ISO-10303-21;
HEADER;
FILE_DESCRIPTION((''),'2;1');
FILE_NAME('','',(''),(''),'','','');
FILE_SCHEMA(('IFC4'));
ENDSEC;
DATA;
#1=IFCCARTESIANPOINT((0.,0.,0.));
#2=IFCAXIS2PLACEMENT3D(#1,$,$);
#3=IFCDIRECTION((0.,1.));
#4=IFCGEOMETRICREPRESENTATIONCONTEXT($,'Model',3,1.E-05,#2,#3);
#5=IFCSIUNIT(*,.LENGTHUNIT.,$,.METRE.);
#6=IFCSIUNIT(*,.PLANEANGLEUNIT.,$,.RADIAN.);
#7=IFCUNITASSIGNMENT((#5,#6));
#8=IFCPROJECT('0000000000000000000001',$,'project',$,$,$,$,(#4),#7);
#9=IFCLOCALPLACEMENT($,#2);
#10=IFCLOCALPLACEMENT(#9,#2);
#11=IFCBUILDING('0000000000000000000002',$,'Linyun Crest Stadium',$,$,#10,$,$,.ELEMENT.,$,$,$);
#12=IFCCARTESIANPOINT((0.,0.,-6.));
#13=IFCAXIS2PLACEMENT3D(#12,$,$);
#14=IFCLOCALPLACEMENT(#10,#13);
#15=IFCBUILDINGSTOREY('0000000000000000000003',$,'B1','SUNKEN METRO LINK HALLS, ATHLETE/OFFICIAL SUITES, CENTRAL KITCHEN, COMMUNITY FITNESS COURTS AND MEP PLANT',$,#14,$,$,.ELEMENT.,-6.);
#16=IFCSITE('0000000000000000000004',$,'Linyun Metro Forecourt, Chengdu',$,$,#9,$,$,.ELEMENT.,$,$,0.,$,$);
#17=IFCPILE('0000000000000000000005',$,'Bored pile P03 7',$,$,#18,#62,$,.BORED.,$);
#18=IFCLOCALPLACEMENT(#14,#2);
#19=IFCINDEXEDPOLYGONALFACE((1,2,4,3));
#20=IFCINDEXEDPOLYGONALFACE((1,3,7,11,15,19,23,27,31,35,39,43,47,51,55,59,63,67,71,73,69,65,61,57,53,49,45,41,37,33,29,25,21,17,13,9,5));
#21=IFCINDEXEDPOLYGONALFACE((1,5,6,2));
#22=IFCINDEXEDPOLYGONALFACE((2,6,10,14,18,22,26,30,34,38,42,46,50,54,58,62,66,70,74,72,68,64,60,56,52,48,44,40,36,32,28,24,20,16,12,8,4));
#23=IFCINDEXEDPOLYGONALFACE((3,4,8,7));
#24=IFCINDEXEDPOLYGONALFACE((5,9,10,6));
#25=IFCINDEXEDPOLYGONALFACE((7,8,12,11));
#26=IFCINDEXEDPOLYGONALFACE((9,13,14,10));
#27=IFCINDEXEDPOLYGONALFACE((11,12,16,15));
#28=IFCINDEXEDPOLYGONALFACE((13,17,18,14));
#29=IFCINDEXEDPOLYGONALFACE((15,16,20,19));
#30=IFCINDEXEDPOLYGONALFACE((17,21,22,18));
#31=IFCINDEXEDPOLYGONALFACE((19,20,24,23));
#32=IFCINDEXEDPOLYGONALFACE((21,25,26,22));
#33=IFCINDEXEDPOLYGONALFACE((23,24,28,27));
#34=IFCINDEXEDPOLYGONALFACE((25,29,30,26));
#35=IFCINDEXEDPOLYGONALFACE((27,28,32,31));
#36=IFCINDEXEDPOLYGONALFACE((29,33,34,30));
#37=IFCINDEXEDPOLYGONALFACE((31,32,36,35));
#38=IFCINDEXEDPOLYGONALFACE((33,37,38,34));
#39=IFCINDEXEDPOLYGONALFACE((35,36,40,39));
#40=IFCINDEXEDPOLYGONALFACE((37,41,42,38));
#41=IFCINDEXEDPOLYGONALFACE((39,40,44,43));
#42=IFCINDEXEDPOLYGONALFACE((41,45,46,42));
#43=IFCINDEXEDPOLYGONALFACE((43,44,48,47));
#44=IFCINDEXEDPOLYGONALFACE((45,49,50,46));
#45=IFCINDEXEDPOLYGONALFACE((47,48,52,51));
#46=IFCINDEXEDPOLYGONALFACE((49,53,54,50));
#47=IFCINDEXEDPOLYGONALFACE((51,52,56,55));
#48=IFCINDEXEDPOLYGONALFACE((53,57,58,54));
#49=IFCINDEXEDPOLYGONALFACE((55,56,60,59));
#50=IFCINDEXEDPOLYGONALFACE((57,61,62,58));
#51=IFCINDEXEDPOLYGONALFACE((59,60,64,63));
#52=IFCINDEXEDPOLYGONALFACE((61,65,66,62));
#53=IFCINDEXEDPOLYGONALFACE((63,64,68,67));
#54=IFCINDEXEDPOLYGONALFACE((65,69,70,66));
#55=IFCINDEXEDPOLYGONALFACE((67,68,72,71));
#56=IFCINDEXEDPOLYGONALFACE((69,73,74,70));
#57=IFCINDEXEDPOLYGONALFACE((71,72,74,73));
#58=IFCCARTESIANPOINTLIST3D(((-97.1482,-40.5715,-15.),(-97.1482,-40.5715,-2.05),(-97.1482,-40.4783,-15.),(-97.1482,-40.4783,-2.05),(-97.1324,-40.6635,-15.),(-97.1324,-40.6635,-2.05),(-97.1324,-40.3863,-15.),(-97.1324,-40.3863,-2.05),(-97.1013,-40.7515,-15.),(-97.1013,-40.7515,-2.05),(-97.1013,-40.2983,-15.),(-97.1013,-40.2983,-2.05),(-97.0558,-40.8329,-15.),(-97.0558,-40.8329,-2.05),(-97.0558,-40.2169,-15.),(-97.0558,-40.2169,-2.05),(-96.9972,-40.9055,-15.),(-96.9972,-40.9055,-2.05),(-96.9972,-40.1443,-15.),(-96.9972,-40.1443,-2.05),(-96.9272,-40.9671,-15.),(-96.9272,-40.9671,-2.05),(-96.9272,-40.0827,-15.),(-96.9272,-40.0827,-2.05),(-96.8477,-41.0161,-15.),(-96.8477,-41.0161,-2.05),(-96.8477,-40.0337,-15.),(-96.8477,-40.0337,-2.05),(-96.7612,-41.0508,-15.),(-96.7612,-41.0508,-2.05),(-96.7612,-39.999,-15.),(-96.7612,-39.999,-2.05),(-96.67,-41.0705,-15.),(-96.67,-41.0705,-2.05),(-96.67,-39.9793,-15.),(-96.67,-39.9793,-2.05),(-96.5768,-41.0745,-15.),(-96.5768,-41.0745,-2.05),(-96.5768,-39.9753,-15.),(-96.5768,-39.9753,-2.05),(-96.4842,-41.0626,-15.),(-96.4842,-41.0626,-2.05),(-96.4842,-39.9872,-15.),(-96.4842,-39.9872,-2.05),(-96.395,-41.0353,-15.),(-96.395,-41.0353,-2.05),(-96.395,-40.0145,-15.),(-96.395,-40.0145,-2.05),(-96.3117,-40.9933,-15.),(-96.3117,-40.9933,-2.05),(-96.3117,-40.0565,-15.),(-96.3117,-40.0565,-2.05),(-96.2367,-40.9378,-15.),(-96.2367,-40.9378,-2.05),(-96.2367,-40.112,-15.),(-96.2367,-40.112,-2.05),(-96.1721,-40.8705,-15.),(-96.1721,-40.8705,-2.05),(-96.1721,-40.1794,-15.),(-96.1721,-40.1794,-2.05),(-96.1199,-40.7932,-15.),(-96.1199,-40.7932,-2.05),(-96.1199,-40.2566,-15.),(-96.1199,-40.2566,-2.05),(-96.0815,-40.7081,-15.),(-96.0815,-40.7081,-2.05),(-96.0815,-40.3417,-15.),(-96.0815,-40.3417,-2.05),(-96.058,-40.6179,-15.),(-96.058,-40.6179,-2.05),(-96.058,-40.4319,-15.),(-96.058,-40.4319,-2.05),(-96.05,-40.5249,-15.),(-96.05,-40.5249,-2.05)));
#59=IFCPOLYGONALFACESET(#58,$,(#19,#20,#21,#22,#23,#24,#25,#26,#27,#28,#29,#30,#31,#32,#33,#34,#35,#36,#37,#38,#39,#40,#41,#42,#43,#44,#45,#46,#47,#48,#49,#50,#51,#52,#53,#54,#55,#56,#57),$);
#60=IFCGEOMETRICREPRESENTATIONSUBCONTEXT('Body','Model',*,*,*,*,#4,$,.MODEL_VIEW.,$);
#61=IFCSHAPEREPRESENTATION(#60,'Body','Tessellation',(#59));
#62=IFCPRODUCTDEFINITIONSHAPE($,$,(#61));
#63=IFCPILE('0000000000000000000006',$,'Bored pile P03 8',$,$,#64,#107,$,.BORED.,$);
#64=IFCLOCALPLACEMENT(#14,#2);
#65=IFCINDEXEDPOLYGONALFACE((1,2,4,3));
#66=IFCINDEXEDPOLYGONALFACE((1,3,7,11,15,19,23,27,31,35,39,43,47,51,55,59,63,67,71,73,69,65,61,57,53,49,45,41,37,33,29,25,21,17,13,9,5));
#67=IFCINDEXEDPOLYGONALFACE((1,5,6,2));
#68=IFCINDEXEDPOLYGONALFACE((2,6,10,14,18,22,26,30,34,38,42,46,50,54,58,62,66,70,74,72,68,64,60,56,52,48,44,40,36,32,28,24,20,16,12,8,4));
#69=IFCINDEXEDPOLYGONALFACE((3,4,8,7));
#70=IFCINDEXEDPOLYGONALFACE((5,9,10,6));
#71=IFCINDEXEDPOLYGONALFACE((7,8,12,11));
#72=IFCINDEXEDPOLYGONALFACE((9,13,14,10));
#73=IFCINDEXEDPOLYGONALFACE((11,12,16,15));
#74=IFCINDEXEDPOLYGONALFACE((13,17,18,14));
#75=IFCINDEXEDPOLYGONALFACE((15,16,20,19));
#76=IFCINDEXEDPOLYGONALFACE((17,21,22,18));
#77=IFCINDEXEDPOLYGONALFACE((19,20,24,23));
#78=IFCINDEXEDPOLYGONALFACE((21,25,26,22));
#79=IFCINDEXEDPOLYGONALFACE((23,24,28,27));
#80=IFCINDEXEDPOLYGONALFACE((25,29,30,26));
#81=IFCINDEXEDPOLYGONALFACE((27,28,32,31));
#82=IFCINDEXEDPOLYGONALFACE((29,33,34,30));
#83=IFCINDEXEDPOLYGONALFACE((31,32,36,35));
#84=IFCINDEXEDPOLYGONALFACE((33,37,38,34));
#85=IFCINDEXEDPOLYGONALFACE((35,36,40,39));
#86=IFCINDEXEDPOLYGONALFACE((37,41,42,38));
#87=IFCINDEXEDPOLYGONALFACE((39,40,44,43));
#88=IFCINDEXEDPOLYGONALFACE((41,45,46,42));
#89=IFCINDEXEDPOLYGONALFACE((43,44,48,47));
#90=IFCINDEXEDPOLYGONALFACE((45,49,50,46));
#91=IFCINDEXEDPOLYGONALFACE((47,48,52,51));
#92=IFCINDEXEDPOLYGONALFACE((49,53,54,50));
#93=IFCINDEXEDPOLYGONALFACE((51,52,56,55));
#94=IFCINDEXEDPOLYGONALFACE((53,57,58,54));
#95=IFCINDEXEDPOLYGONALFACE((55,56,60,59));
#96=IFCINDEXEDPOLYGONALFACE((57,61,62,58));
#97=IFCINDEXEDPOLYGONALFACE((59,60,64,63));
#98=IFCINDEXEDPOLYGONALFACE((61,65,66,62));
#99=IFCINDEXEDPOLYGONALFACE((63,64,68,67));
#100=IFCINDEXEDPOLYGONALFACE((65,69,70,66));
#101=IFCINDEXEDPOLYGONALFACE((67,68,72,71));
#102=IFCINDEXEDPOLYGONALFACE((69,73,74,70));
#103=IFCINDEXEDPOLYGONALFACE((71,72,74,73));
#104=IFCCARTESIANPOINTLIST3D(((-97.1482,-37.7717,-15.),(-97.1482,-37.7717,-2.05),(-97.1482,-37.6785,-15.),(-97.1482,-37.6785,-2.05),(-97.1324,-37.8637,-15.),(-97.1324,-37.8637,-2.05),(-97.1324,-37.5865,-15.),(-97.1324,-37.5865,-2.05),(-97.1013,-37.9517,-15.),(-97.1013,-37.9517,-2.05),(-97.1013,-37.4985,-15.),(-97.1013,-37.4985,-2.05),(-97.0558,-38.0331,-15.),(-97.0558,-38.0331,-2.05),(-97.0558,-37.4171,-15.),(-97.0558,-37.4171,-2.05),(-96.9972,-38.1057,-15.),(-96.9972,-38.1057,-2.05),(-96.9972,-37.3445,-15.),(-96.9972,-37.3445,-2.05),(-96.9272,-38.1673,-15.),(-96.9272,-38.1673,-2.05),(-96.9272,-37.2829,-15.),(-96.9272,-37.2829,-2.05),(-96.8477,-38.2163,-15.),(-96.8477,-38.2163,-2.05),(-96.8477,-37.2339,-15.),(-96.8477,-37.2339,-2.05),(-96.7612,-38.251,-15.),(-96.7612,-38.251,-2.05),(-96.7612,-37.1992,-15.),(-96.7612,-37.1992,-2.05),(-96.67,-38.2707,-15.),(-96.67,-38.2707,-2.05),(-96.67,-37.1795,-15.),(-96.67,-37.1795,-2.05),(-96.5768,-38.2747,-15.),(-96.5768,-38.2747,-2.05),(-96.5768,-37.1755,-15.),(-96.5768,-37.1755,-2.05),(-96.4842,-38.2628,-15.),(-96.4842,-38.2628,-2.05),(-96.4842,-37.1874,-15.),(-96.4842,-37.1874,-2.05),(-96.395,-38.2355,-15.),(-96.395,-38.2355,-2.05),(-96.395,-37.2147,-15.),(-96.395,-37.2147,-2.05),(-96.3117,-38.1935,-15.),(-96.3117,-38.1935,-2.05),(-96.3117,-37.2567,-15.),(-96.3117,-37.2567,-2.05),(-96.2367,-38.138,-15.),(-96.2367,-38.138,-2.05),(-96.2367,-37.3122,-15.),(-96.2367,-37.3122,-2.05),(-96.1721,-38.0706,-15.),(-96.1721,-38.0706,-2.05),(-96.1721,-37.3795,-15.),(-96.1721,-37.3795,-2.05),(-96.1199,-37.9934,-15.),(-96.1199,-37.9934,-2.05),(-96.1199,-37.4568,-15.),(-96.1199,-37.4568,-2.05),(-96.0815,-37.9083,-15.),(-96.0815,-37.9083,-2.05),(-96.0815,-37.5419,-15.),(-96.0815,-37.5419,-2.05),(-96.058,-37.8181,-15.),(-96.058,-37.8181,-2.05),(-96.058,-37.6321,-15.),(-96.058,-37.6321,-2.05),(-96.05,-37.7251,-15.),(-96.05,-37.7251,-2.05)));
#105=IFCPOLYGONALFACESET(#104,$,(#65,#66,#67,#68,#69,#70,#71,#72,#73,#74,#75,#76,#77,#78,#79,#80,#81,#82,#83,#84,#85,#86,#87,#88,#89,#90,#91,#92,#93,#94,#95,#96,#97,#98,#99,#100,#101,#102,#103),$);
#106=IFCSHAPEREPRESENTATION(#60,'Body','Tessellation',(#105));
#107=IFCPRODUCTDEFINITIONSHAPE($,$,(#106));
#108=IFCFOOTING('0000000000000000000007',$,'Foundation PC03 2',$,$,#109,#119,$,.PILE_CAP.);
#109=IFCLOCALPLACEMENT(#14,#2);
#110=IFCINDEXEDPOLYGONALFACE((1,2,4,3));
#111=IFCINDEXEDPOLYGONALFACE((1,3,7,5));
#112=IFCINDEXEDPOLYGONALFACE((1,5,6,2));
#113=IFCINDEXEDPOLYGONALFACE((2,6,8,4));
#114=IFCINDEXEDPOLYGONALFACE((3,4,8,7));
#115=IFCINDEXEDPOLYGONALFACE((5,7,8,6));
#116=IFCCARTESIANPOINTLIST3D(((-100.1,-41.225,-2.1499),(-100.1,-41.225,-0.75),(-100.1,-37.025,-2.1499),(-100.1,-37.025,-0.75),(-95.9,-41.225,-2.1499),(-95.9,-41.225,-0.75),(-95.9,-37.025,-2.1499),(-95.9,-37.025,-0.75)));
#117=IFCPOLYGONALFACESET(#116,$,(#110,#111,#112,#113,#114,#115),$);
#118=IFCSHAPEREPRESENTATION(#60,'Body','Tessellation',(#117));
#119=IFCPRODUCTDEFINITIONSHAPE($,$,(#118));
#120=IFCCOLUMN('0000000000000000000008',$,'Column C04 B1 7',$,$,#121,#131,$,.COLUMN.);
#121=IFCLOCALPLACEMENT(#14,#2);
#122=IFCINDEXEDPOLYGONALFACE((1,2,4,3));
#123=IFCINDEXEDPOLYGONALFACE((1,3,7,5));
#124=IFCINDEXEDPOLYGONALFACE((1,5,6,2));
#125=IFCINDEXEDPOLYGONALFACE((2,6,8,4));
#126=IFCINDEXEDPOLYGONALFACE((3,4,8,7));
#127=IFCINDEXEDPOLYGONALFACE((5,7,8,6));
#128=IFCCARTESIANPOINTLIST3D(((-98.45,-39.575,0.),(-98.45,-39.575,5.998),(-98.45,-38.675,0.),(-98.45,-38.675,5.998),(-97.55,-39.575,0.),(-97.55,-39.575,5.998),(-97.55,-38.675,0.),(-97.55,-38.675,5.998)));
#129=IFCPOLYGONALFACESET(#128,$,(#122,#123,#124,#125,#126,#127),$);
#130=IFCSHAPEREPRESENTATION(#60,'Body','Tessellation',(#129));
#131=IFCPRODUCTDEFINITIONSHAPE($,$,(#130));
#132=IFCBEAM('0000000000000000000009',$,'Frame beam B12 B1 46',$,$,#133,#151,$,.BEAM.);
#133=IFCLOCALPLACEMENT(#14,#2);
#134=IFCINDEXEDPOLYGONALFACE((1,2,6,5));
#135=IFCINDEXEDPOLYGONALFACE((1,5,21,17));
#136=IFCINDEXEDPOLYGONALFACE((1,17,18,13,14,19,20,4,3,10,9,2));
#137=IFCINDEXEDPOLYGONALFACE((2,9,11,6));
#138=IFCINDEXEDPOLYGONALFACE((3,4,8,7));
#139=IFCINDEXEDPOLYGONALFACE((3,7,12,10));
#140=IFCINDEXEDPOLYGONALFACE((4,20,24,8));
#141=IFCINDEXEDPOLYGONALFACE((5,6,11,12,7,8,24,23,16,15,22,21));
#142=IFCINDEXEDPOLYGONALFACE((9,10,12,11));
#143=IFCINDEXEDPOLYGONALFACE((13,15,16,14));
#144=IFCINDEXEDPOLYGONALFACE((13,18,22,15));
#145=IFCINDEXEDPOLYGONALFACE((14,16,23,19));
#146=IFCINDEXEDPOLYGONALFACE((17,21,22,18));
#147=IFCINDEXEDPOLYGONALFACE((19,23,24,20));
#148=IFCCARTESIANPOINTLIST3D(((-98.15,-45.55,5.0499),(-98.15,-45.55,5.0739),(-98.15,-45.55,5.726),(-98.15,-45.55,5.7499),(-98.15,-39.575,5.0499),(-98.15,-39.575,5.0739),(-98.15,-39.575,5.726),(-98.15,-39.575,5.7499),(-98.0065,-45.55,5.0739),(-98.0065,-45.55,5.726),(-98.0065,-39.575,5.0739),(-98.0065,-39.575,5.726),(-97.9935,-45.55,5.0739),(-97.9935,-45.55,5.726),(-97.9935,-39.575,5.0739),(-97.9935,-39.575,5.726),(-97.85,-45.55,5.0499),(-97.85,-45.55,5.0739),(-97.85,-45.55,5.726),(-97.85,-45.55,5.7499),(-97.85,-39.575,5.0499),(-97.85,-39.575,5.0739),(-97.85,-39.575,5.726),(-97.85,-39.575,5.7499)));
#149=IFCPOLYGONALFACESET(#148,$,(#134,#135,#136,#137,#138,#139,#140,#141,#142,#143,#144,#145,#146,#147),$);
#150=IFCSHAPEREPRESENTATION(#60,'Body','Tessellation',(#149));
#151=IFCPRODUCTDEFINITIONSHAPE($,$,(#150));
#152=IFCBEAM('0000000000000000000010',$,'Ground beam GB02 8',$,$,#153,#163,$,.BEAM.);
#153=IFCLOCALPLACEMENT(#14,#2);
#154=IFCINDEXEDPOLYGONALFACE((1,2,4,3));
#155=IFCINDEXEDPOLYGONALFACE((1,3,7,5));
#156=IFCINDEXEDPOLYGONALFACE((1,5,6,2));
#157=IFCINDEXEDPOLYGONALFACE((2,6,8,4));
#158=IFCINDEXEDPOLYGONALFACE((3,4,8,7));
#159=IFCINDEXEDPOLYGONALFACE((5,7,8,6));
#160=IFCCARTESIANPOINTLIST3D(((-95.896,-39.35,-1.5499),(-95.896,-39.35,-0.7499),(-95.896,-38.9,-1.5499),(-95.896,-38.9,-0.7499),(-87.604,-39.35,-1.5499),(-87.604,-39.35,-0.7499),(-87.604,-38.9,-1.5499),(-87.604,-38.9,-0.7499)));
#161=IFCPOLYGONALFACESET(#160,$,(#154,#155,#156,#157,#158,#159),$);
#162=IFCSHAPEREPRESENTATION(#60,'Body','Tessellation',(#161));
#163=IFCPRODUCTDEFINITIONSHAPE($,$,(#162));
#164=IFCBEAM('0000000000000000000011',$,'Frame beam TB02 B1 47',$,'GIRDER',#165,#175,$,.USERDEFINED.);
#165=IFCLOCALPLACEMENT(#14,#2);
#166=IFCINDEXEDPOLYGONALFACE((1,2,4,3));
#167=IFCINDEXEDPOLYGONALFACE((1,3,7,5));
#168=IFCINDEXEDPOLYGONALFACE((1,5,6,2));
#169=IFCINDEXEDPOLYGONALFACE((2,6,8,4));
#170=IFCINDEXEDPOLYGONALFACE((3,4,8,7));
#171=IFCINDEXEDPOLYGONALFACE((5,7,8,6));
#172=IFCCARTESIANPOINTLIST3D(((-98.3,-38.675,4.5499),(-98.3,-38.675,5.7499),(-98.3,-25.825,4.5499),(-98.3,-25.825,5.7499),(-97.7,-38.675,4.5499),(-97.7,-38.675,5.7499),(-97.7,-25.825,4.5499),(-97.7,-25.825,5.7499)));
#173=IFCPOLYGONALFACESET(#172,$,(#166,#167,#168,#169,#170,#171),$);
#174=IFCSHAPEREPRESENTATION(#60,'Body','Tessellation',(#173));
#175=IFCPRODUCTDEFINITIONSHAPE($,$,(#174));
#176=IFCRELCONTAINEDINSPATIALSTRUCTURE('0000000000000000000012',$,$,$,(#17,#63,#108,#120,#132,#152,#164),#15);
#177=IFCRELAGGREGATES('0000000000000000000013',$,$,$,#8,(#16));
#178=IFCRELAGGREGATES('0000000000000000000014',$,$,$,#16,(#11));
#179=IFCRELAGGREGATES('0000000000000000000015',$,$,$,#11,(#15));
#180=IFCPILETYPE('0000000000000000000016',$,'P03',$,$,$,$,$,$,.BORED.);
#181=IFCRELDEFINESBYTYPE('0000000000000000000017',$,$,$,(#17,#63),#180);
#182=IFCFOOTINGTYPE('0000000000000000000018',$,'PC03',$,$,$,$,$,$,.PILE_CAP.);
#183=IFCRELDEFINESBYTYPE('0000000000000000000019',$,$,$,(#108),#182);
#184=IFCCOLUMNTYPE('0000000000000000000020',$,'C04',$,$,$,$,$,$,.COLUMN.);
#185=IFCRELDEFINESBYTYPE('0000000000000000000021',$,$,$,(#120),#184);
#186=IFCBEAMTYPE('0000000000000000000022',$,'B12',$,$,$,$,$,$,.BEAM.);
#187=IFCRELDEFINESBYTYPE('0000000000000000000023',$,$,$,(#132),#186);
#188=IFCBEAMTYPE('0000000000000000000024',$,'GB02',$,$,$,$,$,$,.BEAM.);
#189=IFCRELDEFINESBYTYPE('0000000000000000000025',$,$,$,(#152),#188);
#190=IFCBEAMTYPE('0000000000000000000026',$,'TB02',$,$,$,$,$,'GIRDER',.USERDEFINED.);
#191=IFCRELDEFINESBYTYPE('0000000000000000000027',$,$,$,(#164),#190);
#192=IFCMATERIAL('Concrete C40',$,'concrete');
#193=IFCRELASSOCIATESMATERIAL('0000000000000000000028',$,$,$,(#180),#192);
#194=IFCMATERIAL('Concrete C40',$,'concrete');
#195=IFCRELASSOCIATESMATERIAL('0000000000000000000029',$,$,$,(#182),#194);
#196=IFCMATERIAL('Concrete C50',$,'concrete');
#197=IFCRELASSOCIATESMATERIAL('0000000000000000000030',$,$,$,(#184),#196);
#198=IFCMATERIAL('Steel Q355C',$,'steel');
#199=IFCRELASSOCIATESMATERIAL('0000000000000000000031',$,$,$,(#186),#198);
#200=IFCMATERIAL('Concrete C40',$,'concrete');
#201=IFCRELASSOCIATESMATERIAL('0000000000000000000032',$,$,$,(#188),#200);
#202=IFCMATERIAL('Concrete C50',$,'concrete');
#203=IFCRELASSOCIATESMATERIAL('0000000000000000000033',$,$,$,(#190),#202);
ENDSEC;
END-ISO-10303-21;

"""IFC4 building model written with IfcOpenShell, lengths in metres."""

from ifc_helpers import new_model, si_unit, direction, frame, origin, origin_2d, place, context, subcontext, project, spatial, rectangle, circle, i_section, extrude, material, material_profile, profile_set, type_object, element, save


model = new_model("IFC4")

# Units and contexts
model_context = context("Model", 3, precision=1e-05, world=origin(), true_north=direction((0.0, 1.0)))
body_context = subcontext(model_context, "Body", "Model", "MODEL_VIEW")
ifc_project = project(units=[si_unit("LENGTHUNIT", "METRE"), si_unit("PLANEANGLEUNIT", "RADIAN")], contexts=[model_context])

# Site, building, storey
site_placement = place(None, origin())
site = spatial("IfcSite", under=ifc_project, at=site_placement, Name="Linyun Metro Forecourt, Chengdu", CompositionType="ELEMENT", RefElevation=0.0)
building_placement = place(site_placement, origin())
building = spatial("IfcBuilding", under=site, at=building_placement, Name="Linyun Crest Stadium", CompositionType="ELEMENT")
storey_placement = place(building_placement, frame((0.0, 0.0, -6.0)))
storey = spatial("IfcBuildingStorey", under=building, at=storey_placement, Name="B1", Description="SUNKEN METRO LINK HALLS, ATHLETE/OFFICIAL SUITES, CENTRAL KITCHEN, COMMUNITY FITNESS COURTS AND MEP PLANT", CompositionType="ELEMENT", Elevation=-6.0)

# Piles
ifc_material_1 = material(Name="Concrete C40", Category="concrete")
ifc_material_profile_1 = material_profile(ifc_material_1, circle(Radius=0.55, at=origin_2d()), Name="BORED PILE 1100")
ifc_profile_set_1 = profile_set([ifc_material_profile_1], Name="Concrete C40")
pile_type = type_object("IfcPileType", Name="P03", PredefinedType="BORED", material=ifc_profile_set_1)
for number, where, z_axis, x_axis, name in (
    (1, (-96.6001, -40.5249, -2.05), (0.0, 0.0, -1.0), (1.0, 0.0, 0.0), "Bored pile P03 7"),
    (2, (-96.6001, -37.7251, -2.05), (0.0, 0.0, -1.0), (1.0, 0.0, 0.0), "Bored pile P03 8"),
):
    element("IfcPile", number, at=place(storey_placement, frame(where, z_axis=z_axis, x_axis=x_axis)), inside=storey, type_object=pile_type, Name=name, PredefinedType="BORED", context=body_context, shape_type="SweptSolid", body=[
        extrude(circle(Radius=0.55, at=origin_2d()), origin(), (0.0, 0.0, 1.0), 12.95),
    ])

# Footing
ifc_material_2 = material(Name="Concrete C40", Category="concrete")
footing_type = type_object("IfcFootingType", Name="PC03", PredefinedType="PILE_CAP", material=ifc_material_2)
footing_placement = place(storey_placement, frame((-98.0, -39.125, -2.1499), z_axis=(0.0, 0.0, 1.0), x_axis=(1.0, 0.0, 0.0)))
element("IfcFooting", 3, at=footing_placement, inside=storey, type_object=footing_type, Name="Foundation PC03 2", PredefinedType="PILE_CAP", context=body_context, shape_type="SweptSolid", body=[
    extrude(rectangle(XDim=4.2, YDim=4.2, at=origin_2d()), origin(), (0.0, 0.0, 1.0), 1.3999),
])

# Column
ifc_material_3 = material(Name="Concrete C50", Category="concrete")
ifc_material_profile_2 = material_profile(ifc_material_3, rectangle(XDim=0.8999, YDim=0.8999, at=origin_2d()), Name="RC 900x900")
ifc_profile_set_2 = profile_set([ifc_material_profile_2], Name="Concrete C50")
column_type = type_object("IfcColumnType", Name="C04", PredefinedType="COLUMN", material=ifc_profile_set_2)
column_placement = place(storey_placement, frame((-98.0, -39.125, 0.0), z_axis=(0.0, 0.0, 1.0), x_axis=(1.0, 0.0, 0.0)))
element("IfcColumn", 4, at=column_placement, inside=storey, type_object=column_type, Name="Column C04 B1 7", PredefinedType="COLUMN", context=body_context, shape_type="SweptSolid", body=[
    extrude(rectangle(XDim=0.8999, YDim=0.8999, at=origin_2d()), origin(), (0.0, 0.0, 1.0), 5.998),
])

# Beams
ifc_material_4 = material(Name="Steel Q355C", Category="steel")
ifc_material_profile_3 = material_profile(ifc_material_4, i_section(OverallWidth=0.3, OverallDepth=0.7, WebThickness=0.0129, FlangeThickness=0.0239, at=origin_2d()), Name="HN 700x300")
ifc_profile_set_3 = profile_set([ifc_material_profile_3], Name="Steel Q355C")
beam_type_1 = type_object("IfcBeamType", Name="B12", PredefinedType="BEAM", material=ifc_profile_set_3)
beam_1_placement = place(storey_placement, frame((-98.0, -45.55, 5.3999), z_axis=(0.0, 1.0, 0.0), x_axis=(-1.0, 0.0, 0.0)))
element("IfcBeam", 5, at=beam_1_placement, inside=storey, type_object=beam_type_1, Name="Frame beam B12 B1 46", PredefinedType="BEAM", context=body_context, shape_type="SweptSolid", body=[
    extrude(i_section(OverallWidth=0.3, OverallDepth=0.7, WebThickness=0.0129, FlangeThickness=0.0239, at=origin_2d()), origin(), (0.0, 0.0, 1.0), 5.9751),
])
ifc_material_5 = material(Name="Concrete C40", Category="concrete")
ifc_material_profile_4 = material_profile(ifc_material_5, rectangle(XDim=0.45, YDim=0.8, at=origin_2d()), Name="RCB 800x450")
ifc_profile_set_4 = profile_set([ifc_material_profile_4], Name="Concrete C40")
beam_type_2 = type_object("IfcBeamType", Name="GB02", PredefinedType="BEAM", material=ifc_profile_set_4)
beam_2_placement = place(storey_placement, frame((-95.896, -39.125, -1.1499), z_axis=(1.0, 0.0, 0.0), x_axis=(0.0, 1.0, 0.0)))
element("IfcBeam", 6, at=beam_2_placement, inside=storey, type_object=beam_type_2, Name="Ground beam GB02 8", PredefinedType="BEAM", context=body_context, shape_type="SweptSolid", body=[
    extrude(rectangle(XDim=0.45, YDim=0.8, at=origin_2d()), origin(), (0.0, 0.0, 1.0), 8.292),
])
ifc_material_6 = material(Name="Concrete C50", Category="concrete")
ifc_material_profile_5 = material_profile(ifc_material_6, rectangle(XDim=0.6001, YDim=1.2, at=origin_2d()), Name="RCB 1200x600")
ifc_profile_set_5 = profile_set([ifc_material_profile_5], Name="Concrete C50")
beam_type_3 = type_object("IfcBeamType", Name="TB02", ElementType="GIRDER", PredefinedType="USERDEFINED", material=ifc_profile_set_5)
beam_3_placement = place(storey_placement, frame((-98.0, -38.675, 5.1499), z_axis=(0.0, 1.0, 0.0), x_axis=(-1.0, 0.0, 0.0)))
element("IfcBeam", 7, at=beam_3_placement, inside=storey, type_object=beam_type_3, Name="Frame beam TB02 B1 47", ObjectType="GIRDER", PredefinedType="USERDEFINED", context=body_context, shape_type="SweptSolid", body=[
    extrude(rectangle(XDim=0.6001, YDim=1.2, at=origin_2d()), origin(), (0.0, 0.0, 1.0), 12.8501),
])

save(model, "model.ifc")
